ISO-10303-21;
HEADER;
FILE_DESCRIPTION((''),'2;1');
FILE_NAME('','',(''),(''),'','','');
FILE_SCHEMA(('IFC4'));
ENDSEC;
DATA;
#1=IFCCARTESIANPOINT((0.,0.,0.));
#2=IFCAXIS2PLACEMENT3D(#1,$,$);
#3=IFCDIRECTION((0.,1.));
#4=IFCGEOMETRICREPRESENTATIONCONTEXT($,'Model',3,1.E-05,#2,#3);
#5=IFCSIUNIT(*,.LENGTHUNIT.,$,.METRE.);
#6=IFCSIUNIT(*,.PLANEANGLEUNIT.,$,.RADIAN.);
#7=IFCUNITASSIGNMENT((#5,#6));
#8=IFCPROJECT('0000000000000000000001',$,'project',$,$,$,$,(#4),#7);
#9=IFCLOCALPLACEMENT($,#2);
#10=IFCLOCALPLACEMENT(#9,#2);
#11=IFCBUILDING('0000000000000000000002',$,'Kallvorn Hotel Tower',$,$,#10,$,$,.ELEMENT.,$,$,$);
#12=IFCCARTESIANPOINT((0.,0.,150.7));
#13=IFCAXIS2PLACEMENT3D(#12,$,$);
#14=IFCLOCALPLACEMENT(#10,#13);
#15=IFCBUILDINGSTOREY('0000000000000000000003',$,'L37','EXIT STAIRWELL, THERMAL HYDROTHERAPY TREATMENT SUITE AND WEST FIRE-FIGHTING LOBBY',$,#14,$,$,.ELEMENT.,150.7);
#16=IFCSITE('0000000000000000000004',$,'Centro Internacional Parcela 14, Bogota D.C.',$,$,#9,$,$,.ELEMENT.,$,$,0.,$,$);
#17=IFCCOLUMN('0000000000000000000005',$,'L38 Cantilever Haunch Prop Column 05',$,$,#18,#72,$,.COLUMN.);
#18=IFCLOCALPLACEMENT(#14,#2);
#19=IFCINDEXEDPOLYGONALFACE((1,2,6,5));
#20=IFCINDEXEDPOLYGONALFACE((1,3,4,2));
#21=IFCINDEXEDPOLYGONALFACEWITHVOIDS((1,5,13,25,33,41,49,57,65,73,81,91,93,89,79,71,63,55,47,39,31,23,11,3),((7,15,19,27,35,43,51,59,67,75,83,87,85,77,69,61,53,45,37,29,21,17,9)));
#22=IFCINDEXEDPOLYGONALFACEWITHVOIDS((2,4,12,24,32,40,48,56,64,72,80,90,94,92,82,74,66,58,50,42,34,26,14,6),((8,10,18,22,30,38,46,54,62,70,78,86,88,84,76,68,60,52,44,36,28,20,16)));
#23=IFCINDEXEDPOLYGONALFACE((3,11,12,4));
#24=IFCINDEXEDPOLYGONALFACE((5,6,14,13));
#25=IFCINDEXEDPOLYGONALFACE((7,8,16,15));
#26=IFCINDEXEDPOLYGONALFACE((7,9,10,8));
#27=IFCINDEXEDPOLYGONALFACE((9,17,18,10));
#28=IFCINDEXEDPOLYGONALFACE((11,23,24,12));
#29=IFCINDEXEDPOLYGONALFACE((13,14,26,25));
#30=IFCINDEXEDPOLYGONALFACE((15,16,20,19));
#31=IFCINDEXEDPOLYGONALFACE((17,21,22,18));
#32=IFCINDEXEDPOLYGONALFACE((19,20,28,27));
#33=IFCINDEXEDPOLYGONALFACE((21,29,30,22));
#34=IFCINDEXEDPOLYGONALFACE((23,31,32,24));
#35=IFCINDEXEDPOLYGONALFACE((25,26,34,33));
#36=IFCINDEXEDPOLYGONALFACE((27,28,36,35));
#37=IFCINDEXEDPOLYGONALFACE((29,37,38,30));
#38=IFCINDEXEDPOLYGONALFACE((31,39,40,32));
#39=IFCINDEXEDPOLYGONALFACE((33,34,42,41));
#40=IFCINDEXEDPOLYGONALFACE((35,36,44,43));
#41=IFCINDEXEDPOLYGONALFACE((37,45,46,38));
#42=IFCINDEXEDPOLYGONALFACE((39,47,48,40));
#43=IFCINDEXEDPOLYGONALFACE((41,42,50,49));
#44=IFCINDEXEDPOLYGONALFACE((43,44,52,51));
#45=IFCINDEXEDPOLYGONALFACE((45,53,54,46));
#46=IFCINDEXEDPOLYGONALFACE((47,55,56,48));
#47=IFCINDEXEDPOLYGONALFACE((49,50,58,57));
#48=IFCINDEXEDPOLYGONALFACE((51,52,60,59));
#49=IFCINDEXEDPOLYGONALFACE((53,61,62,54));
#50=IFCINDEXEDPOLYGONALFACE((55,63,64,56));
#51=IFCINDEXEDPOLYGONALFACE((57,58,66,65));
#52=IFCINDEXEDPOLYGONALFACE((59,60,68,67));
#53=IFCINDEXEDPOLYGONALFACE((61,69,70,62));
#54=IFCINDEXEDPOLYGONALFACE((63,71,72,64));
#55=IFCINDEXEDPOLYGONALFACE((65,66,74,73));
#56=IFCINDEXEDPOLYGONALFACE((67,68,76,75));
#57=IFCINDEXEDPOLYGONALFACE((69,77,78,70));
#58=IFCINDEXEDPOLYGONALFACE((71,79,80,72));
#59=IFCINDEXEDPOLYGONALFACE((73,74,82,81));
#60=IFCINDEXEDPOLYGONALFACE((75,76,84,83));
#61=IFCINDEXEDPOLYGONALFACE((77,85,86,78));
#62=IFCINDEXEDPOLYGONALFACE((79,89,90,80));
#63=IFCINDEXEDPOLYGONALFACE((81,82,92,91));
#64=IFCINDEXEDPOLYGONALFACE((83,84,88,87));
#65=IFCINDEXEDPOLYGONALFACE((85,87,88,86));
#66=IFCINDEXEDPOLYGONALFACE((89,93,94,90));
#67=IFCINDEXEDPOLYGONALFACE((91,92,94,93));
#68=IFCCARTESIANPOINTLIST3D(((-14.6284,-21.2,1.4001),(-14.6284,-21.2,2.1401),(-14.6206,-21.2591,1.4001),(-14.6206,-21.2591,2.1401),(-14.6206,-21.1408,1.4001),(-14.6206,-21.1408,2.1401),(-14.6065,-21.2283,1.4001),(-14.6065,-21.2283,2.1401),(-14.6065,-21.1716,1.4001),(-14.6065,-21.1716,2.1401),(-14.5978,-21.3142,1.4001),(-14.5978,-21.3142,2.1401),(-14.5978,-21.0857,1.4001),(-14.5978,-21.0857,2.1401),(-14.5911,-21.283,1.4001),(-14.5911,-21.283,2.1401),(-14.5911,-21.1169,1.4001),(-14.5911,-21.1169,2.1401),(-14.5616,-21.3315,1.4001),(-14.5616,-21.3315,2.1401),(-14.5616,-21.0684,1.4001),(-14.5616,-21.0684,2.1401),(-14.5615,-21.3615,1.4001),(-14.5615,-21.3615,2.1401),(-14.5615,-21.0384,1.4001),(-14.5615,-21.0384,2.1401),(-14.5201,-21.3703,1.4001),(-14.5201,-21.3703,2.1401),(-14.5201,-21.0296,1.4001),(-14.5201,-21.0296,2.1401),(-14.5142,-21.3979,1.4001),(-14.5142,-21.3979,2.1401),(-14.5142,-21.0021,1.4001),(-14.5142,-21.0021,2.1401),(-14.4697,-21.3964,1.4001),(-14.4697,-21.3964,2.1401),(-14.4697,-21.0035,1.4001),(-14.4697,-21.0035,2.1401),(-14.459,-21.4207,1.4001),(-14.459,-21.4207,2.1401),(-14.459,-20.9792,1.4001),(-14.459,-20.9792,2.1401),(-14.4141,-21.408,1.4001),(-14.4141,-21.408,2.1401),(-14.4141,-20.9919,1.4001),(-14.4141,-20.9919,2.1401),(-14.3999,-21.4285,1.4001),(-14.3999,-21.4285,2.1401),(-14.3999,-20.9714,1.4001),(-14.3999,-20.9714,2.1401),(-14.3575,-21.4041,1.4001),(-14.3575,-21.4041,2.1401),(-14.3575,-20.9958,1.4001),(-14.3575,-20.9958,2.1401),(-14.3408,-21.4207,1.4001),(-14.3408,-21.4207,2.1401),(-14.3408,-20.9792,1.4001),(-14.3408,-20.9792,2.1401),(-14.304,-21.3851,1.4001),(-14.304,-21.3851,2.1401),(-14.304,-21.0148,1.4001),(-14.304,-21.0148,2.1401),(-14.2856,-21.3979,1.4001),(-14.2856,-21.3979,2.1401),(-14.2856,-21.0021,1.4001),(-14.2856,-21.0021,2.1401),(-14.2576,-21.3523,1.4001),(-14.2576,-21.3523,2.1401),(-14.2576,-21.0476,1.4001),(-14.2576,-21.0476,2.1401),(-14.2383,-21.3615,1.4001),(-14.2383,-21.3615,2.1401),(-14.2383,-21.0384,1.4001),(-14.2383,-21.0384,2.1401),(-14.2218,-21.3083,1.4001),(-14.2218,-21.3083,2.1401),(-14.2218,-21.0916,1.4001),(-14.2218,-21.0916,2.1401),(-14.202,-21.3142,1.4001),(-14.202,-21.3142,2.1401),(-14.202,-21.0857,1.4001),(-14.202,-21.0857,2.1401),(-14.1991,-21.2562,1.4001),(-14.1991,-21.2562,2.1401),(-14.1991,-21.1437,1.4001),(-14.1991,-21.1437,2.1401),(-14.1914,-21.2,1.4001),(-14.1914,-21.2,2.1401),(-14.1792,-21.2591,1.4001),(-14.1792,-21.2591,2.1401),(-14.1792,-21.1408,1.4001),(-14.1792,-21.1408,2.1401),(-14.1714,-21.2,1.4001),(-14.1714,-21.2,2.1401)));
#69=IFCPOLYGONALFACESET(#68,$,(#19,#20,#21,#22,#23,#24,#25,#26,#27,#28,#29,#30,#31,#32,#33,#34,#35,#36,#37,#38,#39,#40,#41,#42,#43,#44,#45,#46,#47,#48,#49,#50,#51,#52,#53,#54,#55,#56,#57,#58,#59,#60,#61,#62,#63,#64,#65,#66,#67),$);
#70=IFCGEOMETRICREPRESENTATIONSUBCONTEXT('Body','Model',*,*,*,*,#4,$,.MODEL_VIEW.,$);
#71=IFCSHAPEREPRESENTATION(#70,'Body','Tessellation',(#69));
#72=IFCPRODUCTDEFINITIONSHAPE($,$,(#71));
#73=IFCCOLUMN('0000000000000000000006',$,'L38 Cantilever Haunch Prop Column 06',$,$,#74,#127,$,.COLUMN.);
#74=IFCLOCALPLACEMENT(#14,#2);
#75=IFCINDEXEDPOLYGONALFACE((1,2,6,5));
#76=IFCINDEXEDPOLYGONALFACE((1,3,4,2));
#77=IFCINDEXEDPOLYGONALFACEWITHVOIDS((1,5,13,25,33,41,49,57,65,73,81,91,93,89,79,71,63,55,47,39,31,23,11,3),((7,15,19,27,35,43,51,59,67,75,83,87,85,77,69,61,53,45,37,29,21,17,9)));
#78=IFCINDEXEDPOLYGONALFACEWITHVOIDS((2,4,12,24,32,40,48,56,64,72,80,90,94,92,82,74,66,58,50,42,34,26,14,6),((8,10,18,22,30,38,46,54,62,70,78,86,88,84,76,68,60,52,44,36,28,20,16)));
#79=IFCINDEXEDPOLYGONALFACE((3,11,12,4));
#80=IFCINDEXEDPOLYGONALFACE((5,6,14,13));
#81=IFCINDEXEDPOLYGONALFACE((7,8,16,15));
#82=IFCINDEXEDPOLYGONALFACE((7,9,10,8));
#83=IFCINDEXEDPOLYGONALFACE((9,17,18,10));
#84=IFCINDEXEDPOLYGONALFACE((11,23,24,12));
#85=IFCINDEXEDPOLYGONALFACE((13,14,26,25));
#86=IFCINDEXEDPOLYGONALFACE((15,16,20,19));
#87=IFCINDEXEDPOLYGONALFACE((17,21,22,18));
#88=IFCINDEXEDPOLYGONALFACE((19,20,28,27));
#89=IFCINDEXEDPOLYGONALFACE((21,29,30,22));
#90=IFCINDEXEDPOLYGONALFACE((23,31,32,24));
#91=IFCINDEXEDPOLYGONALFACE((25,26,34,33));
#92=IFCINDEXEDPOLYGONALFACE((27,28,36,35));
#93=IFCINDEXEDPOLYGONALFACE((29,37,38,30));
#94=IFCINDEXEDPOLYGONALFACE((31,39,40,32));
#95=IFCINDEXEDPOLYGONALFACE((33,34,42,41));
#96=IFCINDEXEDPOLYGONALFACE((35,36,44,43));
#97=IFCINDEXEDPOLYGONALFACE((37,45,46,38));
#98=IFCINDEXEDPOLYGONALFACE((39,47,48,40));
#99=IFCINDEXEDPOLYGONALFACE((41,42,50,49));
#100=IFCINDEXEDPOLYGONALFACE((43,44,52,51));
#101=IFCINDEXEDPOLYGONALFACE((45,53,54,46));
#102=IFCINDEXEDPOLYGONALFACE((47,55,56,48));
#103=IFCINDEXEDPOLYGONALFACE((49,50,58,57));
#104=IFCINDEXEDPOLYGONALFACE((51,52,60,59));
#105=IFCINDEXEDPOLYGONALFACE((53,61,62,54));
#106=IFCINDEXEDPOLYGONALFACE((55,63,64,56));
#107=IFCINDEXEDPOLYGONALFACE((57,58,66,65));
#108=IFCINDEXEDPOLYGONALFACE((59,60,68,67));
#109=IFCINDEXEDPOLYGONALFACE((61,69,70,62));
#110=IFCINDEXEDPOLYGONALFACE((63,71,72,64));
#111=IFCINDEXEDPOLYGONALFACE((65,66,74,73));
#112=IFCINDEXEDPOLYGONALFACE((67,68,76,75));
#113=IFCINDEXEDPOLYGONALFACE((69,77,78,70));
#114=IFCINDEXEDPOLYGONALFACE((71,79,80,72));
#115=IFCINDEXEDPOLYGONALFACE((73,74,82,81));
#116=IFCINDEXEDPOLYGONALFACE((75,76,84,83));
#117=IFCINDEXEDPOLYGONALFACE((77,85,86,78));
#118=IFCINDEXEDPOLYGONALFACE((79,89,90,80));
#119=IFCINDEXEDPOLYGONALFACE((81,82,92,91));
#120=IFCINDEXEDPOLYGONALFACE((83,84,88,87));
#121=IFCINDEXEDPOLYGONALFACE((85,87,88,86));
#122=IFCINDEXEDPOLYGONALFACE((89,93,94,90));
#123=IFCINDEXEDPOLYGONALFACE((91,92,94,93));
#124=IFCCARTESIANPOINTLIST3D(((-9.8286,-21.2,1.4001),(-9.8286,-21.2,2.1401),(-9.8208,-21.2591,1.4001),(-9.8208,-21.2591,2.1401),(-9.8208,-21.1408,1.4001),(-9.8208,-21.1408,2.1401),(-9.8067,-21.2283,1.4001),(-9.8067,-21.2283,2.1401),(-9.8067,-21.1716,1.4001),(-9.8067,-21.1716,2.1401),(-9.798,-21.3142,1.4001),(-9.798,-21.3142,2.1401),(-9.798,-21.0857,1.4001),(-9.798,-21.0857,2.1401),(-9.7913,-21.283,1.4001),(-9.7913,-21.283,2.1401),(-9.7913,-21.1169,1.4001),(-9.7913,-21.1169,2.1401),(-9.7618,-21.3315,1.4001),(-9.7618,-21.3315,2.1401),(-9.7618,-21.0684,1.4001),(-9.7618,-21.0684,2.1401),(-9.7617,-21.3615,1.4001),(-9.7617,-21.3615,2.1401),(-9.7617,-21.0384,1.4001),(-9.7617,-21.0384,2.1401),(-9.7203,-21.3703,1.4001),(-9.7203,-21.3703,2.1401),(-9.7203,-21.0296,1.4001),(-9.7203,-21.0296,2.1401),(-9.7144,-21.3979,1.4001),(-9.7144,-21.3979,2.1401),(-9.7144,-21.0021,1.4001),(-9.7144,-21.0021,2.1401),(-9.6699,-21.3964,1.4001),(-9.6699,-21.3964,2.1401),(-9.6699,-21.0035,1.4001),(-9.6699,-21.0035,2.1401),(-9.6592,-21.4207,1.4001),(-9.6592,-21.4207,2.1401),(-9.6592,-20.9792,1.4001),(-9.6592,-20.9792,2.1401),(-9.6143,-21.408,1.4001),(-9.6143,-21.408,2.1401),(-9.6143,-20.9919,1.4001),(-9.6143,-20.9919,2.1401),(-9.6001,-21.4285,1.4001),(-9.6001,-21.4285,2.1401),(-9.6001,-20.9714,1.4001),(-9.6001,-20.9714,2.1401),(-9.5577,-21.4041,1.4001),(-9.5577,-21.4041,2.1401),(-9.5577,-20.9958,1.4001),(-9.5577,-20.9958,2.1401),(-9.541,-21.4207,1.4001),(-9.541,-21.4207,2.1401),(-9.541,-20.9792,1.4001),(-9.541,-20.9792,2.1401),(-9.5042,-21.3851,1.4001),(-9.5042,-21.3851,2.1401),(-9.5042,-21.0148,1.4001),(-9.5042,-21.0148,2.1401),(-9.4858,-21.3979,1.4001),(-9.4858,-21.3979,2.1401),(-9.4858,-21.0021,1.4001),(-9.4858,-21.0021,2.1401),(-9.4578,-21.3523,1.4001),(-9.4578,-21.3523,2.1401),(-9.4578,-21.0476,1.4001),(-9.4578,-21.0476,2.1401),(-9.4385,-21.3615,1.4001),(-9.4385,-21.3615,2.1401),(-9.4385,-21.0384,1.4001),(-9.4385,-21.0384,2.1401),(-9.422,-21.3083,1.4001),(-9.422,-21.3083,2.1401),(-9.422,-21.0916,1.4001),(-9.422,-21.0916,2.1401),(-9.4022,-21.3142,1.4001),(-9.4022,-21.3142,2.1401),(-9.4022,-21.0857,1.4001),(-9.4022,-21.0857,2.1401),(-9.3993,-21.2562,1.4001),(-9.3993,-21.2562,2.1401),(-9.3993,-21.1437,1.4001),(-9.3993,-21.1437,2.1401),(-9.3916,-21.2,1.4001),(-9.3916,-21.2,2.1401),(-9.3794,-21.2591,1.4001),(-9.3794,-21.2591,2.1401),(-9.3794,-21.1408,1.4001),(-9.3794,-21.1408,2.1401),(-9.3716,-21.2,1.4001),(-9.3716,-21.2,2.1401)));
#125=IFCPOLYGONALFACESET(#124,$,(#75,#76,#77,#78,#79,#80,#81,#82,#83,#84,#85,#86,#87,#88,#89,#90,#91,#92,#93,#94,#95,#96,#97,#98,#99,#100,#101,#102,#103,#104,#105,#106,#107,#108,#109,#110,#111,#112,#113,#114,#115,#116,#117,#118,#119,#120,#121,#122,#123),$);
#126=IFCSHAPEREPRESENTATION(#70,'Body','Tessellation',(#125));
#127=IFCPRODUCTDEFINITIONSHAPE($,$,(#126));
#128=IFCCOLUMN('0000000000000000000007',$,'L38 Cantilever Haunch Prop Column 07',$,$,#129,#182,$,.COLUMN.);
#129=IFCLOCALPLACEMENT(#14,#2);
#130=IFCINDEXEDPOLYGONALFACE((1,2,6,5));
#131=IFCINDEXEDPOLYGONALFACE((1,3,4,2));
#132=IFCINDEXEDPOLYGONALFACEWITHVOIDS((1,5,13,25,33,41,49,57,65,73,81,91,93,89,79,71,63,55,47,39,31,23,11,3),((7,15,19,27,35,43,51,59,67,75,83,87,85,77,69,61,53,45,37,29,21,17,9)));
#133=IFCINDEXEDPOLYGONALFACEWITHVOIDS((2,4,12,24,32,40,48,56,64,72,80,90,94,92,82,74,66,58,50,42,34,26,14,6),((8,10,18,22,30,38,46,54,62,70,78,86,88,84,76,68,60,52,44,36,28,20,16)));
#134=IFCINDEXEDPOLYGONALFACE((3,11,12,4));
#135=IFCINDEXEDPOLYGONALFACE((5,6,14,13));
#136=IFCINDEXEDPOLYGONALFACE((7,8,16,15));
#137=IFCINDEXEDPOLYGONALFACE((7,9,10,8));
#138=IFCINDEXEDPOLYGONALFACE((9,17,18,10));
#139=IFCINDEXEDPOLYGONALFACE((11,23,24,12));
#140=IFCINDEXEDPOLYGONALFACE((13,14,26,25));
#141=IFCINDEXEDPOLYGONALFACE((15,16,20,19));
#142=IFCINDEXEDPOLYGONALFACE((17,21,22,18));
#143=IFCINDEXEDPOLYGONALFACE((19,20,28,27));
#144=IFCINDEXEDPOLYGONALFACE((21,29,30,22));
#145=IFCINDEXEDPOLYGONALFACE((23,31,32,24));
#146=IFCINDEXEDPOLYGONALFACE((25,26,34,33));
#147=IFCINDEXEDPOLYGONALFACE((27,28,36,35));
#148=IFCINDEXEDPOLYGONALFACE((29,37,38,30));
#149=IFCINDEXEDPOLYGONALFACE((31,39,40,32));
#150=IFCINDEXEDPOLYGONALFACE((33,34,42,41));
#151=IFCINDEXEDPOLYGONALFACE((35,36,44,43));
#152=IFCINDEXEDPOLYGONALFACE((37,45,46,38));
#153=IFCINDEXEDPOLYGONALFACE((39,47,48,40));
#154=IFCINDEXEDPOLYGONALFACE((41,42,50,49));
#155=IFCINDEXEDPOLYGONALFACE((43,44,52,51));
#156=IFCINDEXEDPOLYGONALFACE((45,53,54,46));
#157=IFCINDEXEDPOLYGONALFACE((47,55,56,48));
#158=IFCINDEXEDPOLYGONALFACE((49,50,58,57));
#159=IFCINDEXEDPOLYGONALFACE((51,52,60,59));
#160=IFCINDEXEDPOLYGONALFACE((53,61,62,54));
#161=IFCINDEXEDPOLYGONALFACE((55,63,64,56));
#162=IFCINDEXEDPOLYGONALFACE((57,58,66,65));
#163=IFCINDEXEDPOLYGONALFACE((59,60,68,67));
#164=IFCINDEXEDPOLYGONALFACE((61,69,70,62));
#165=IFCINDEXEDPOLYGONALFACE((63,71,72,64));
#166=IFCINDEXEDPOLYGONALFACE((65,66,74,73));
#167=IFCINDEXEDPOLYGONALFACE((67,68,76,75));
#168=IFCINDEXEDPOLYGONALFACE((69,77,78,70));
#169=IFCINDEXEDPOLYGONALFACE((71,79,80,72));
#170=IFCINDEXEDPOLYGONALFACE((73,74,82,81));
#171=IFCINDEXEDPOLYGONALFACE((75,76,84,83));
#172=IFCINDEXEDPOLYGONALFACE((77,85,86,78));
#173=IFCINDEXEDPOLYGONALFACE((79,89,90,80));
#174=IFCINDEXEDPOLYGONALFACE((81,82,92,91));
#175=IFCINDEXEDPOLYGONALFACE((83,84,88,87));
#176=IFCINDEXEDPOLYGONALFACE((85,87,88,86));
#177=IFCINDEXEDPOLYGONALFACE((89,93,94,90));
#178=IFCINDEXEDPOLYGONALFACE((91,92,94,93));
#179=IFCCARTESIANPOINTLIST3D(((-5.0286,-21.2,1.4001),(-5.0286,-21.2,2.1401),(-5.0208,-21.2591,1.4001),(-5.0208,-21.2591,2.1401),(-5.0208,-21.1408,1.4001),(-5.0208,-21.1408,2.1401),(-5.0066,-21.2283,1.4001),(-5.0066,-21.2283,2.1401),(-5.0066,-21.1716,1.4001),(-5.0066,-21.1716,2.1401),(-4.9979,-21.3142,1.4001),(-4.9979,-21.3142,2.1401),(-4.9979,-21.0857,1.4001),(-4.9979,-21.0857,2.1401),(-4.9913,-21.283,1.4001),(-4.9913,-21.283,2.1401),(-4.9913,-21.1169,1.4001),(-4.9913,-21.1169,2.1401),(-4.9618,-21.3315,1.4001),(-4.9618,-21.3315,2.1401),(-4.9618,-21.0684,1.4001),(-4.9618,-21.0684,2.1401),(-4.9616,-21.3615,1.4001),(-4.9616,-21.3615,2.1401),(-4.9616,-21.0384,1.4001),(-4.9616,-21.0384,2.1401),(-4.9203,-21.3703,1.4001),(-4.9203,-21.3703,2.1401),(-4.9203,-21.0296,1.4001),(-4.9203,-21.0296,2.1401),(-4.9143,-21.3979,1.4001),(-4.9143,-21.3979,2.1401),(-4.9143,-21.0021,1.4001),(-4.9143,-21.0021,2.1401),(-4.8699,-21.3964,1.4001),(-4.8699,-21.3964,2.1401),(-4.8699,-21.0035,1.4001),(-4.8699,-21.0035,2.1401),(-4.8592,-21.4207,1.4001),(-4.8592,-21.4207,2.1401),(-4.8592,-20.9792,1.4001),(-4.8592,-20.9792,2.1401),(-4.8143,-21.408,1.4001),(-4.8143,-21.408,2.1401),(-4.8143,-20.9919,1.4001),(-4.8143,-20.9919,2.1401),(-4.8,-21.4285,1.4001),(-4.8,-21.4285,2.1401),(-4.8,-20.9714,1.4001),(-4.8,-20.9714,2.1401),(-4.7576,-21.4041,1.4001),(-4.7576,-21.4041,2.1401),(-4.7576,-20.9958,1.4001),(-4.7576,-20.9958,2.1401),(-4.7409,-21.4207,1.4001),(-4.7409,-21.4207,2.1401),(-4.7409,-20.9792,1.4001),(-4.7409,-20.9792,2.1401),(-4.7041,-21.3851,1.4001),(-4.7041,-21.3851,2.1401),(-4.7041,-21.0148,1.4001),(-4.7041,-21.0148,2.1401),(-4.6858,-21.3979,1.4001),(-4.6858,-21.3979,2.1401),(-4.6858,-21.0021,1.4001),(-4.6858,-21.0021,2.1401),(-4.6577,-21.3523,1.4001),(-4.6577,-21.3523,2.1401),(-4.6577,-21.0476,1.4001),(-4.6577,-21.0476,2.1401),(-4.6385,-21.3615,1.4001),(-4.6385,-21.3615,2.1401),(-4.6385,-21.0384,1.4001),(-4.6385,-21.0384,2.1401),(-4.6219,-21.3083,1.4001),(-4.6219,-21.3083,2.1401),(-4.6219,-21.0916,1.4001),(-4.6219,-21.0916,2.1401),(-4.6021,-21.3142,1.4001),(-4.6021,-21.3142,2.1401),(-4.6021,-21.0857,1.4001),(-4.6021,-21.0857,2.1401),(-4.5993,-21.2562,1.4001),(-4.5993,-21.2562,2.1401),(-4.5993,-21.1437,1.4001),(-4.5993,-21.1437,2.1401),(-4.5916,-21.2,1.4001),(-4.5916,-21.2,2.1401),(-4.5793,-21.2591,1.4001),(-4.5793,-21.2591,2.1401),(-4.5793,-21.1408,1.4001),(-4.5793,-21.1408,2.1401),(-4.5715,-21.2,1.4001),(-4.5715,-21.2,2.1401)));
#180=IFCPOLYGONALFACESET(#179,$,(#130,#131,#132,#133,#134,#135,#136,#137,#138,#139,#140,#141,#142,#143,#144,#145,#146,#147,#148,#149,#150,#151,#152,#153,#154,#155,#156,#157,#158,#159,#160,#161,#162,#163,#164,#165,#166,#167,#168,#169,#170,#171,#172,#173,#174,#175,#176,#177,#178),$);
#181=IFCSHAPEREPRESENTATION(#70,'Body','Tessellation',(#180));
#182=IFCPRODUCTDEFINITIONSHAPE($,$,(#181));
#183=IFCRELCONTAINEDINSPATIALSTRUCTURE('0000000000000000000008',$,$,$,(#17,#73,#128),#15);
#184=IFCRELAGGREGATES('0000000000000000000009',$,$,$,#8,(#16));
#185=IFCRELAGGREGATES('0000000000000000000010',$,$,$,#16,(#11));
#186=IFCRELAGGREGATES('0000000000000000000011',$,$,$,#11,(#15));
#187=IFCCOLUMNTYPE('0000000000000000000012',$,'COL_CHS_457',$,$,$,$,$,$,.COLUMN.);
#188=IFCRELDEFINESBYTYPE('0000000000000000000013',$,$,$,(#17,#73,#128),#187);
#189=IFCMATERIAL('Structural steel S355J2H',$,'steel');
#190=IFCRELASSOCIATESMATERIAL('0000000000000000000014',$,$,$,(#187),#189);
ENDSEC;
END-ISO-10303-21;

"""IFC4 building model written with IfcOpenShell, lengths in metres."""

from ifc_helpers import new_model, si_unit, direction, frame, origin, origin_2d, place, context, subcontext, project, spatial, hollow_circle, extrude, material, material_profile, profile_set, type_object, element, save


model = new_model("IFC4")

# Units and contexts
model_context = context("Model", 3, precision=1e-05, world=origin(), true_north=direction((0.0, 1.0)))
body_context = subcontext(model_context, "Body", "Model", "MODEL_VIEW")
ifc_project = project(units=[si_unit("LENGTHUNIT", "METRE"), si_unit("PLANEANGLEUNIT", "RADIAN")], contexts=[model_context])

# Site, building, storey
site_placement = place(None, origin())
site = spatial("IfcSite", under=ifc_project, at=site_placement, Name="Centro Internacional Parcela 14, Bogota D.C.", CompositionType="ELEMENT", RefElevation=0.0)
building_placement = place(site_placement, origin())
building = spatial("IfcBuilding", under=site, at=building_placement, Name="Kallvorn Hotel Tower", CompositionType="ELEMENT")
storey_placement = place(building_placement, frame((0.0, 0.0, 150.7)))
storey = spatial("IfcBuildingStorey", under=building, at=storey_placement, Name="L37", Description="EXIT STAIRWELL, THERMAL HYDROTHERAPY TREATMENT SUITE AND WEST FIRE-FIGHTING LOBBY", CompositionType="ELEMENT", Elevation=150.7)

# Columns
ifc_material_1 = material(Name="Structural steel S355J2H", Category="steel")
ifc_material_profile_1 = material_profile(ifc_material_1, hollow_circle(Radius=0.2285, WallThickness=0.02, at=origin_2d()), Name="CHS 457x20")
ifc_profile_set_1 = profile_set([ifc_material_profile_1], Name="Structural steel S355J2H")
column_type_1 = type_object("IfcColumnType", Name="COL_CHS_457", PredefinedType="COLUMN", material=ifc_profile_set_1)
for number, where, z_axis, x_axis, name in (
    (1, (-14.3999, -21.2, 1.4001), (0.0, 0.0, 1.0), (1.0, 0.0, 0.0), "L38 Cantilever Haunch Prop Column 05"),
    (2, (-9.6001, -21.2, 1.4001), (0.0, 0.0, 1.0), (1.0, 0.0, 0.0), "L38 Cantilever Haunch Prop Column 06"),
    (3, (-4.8, -21.2, 1.4001), (0.0, 0.0, 1.0), (1.0, 0.0, 0.0), "L38 Cantilever Haunch Prop Column 07"),
):
    element("IfcColumn", number, at=place(storey_placement, frame(where, z_axis=z_axis, x_axis=x_axis)), inside=storey, type_object=column_type_1, Name=name, PredefinedType="COLUMN", context=body_context, shape_type="SweptSolid", body=[
        extrude(hollow_circle(Radius=0.2285, WallThickness=0.02, at=origin_2d()), origin(), (0.0, 0.0, 1.0), 0.74),
    ])

save(model, "model.ifc")
